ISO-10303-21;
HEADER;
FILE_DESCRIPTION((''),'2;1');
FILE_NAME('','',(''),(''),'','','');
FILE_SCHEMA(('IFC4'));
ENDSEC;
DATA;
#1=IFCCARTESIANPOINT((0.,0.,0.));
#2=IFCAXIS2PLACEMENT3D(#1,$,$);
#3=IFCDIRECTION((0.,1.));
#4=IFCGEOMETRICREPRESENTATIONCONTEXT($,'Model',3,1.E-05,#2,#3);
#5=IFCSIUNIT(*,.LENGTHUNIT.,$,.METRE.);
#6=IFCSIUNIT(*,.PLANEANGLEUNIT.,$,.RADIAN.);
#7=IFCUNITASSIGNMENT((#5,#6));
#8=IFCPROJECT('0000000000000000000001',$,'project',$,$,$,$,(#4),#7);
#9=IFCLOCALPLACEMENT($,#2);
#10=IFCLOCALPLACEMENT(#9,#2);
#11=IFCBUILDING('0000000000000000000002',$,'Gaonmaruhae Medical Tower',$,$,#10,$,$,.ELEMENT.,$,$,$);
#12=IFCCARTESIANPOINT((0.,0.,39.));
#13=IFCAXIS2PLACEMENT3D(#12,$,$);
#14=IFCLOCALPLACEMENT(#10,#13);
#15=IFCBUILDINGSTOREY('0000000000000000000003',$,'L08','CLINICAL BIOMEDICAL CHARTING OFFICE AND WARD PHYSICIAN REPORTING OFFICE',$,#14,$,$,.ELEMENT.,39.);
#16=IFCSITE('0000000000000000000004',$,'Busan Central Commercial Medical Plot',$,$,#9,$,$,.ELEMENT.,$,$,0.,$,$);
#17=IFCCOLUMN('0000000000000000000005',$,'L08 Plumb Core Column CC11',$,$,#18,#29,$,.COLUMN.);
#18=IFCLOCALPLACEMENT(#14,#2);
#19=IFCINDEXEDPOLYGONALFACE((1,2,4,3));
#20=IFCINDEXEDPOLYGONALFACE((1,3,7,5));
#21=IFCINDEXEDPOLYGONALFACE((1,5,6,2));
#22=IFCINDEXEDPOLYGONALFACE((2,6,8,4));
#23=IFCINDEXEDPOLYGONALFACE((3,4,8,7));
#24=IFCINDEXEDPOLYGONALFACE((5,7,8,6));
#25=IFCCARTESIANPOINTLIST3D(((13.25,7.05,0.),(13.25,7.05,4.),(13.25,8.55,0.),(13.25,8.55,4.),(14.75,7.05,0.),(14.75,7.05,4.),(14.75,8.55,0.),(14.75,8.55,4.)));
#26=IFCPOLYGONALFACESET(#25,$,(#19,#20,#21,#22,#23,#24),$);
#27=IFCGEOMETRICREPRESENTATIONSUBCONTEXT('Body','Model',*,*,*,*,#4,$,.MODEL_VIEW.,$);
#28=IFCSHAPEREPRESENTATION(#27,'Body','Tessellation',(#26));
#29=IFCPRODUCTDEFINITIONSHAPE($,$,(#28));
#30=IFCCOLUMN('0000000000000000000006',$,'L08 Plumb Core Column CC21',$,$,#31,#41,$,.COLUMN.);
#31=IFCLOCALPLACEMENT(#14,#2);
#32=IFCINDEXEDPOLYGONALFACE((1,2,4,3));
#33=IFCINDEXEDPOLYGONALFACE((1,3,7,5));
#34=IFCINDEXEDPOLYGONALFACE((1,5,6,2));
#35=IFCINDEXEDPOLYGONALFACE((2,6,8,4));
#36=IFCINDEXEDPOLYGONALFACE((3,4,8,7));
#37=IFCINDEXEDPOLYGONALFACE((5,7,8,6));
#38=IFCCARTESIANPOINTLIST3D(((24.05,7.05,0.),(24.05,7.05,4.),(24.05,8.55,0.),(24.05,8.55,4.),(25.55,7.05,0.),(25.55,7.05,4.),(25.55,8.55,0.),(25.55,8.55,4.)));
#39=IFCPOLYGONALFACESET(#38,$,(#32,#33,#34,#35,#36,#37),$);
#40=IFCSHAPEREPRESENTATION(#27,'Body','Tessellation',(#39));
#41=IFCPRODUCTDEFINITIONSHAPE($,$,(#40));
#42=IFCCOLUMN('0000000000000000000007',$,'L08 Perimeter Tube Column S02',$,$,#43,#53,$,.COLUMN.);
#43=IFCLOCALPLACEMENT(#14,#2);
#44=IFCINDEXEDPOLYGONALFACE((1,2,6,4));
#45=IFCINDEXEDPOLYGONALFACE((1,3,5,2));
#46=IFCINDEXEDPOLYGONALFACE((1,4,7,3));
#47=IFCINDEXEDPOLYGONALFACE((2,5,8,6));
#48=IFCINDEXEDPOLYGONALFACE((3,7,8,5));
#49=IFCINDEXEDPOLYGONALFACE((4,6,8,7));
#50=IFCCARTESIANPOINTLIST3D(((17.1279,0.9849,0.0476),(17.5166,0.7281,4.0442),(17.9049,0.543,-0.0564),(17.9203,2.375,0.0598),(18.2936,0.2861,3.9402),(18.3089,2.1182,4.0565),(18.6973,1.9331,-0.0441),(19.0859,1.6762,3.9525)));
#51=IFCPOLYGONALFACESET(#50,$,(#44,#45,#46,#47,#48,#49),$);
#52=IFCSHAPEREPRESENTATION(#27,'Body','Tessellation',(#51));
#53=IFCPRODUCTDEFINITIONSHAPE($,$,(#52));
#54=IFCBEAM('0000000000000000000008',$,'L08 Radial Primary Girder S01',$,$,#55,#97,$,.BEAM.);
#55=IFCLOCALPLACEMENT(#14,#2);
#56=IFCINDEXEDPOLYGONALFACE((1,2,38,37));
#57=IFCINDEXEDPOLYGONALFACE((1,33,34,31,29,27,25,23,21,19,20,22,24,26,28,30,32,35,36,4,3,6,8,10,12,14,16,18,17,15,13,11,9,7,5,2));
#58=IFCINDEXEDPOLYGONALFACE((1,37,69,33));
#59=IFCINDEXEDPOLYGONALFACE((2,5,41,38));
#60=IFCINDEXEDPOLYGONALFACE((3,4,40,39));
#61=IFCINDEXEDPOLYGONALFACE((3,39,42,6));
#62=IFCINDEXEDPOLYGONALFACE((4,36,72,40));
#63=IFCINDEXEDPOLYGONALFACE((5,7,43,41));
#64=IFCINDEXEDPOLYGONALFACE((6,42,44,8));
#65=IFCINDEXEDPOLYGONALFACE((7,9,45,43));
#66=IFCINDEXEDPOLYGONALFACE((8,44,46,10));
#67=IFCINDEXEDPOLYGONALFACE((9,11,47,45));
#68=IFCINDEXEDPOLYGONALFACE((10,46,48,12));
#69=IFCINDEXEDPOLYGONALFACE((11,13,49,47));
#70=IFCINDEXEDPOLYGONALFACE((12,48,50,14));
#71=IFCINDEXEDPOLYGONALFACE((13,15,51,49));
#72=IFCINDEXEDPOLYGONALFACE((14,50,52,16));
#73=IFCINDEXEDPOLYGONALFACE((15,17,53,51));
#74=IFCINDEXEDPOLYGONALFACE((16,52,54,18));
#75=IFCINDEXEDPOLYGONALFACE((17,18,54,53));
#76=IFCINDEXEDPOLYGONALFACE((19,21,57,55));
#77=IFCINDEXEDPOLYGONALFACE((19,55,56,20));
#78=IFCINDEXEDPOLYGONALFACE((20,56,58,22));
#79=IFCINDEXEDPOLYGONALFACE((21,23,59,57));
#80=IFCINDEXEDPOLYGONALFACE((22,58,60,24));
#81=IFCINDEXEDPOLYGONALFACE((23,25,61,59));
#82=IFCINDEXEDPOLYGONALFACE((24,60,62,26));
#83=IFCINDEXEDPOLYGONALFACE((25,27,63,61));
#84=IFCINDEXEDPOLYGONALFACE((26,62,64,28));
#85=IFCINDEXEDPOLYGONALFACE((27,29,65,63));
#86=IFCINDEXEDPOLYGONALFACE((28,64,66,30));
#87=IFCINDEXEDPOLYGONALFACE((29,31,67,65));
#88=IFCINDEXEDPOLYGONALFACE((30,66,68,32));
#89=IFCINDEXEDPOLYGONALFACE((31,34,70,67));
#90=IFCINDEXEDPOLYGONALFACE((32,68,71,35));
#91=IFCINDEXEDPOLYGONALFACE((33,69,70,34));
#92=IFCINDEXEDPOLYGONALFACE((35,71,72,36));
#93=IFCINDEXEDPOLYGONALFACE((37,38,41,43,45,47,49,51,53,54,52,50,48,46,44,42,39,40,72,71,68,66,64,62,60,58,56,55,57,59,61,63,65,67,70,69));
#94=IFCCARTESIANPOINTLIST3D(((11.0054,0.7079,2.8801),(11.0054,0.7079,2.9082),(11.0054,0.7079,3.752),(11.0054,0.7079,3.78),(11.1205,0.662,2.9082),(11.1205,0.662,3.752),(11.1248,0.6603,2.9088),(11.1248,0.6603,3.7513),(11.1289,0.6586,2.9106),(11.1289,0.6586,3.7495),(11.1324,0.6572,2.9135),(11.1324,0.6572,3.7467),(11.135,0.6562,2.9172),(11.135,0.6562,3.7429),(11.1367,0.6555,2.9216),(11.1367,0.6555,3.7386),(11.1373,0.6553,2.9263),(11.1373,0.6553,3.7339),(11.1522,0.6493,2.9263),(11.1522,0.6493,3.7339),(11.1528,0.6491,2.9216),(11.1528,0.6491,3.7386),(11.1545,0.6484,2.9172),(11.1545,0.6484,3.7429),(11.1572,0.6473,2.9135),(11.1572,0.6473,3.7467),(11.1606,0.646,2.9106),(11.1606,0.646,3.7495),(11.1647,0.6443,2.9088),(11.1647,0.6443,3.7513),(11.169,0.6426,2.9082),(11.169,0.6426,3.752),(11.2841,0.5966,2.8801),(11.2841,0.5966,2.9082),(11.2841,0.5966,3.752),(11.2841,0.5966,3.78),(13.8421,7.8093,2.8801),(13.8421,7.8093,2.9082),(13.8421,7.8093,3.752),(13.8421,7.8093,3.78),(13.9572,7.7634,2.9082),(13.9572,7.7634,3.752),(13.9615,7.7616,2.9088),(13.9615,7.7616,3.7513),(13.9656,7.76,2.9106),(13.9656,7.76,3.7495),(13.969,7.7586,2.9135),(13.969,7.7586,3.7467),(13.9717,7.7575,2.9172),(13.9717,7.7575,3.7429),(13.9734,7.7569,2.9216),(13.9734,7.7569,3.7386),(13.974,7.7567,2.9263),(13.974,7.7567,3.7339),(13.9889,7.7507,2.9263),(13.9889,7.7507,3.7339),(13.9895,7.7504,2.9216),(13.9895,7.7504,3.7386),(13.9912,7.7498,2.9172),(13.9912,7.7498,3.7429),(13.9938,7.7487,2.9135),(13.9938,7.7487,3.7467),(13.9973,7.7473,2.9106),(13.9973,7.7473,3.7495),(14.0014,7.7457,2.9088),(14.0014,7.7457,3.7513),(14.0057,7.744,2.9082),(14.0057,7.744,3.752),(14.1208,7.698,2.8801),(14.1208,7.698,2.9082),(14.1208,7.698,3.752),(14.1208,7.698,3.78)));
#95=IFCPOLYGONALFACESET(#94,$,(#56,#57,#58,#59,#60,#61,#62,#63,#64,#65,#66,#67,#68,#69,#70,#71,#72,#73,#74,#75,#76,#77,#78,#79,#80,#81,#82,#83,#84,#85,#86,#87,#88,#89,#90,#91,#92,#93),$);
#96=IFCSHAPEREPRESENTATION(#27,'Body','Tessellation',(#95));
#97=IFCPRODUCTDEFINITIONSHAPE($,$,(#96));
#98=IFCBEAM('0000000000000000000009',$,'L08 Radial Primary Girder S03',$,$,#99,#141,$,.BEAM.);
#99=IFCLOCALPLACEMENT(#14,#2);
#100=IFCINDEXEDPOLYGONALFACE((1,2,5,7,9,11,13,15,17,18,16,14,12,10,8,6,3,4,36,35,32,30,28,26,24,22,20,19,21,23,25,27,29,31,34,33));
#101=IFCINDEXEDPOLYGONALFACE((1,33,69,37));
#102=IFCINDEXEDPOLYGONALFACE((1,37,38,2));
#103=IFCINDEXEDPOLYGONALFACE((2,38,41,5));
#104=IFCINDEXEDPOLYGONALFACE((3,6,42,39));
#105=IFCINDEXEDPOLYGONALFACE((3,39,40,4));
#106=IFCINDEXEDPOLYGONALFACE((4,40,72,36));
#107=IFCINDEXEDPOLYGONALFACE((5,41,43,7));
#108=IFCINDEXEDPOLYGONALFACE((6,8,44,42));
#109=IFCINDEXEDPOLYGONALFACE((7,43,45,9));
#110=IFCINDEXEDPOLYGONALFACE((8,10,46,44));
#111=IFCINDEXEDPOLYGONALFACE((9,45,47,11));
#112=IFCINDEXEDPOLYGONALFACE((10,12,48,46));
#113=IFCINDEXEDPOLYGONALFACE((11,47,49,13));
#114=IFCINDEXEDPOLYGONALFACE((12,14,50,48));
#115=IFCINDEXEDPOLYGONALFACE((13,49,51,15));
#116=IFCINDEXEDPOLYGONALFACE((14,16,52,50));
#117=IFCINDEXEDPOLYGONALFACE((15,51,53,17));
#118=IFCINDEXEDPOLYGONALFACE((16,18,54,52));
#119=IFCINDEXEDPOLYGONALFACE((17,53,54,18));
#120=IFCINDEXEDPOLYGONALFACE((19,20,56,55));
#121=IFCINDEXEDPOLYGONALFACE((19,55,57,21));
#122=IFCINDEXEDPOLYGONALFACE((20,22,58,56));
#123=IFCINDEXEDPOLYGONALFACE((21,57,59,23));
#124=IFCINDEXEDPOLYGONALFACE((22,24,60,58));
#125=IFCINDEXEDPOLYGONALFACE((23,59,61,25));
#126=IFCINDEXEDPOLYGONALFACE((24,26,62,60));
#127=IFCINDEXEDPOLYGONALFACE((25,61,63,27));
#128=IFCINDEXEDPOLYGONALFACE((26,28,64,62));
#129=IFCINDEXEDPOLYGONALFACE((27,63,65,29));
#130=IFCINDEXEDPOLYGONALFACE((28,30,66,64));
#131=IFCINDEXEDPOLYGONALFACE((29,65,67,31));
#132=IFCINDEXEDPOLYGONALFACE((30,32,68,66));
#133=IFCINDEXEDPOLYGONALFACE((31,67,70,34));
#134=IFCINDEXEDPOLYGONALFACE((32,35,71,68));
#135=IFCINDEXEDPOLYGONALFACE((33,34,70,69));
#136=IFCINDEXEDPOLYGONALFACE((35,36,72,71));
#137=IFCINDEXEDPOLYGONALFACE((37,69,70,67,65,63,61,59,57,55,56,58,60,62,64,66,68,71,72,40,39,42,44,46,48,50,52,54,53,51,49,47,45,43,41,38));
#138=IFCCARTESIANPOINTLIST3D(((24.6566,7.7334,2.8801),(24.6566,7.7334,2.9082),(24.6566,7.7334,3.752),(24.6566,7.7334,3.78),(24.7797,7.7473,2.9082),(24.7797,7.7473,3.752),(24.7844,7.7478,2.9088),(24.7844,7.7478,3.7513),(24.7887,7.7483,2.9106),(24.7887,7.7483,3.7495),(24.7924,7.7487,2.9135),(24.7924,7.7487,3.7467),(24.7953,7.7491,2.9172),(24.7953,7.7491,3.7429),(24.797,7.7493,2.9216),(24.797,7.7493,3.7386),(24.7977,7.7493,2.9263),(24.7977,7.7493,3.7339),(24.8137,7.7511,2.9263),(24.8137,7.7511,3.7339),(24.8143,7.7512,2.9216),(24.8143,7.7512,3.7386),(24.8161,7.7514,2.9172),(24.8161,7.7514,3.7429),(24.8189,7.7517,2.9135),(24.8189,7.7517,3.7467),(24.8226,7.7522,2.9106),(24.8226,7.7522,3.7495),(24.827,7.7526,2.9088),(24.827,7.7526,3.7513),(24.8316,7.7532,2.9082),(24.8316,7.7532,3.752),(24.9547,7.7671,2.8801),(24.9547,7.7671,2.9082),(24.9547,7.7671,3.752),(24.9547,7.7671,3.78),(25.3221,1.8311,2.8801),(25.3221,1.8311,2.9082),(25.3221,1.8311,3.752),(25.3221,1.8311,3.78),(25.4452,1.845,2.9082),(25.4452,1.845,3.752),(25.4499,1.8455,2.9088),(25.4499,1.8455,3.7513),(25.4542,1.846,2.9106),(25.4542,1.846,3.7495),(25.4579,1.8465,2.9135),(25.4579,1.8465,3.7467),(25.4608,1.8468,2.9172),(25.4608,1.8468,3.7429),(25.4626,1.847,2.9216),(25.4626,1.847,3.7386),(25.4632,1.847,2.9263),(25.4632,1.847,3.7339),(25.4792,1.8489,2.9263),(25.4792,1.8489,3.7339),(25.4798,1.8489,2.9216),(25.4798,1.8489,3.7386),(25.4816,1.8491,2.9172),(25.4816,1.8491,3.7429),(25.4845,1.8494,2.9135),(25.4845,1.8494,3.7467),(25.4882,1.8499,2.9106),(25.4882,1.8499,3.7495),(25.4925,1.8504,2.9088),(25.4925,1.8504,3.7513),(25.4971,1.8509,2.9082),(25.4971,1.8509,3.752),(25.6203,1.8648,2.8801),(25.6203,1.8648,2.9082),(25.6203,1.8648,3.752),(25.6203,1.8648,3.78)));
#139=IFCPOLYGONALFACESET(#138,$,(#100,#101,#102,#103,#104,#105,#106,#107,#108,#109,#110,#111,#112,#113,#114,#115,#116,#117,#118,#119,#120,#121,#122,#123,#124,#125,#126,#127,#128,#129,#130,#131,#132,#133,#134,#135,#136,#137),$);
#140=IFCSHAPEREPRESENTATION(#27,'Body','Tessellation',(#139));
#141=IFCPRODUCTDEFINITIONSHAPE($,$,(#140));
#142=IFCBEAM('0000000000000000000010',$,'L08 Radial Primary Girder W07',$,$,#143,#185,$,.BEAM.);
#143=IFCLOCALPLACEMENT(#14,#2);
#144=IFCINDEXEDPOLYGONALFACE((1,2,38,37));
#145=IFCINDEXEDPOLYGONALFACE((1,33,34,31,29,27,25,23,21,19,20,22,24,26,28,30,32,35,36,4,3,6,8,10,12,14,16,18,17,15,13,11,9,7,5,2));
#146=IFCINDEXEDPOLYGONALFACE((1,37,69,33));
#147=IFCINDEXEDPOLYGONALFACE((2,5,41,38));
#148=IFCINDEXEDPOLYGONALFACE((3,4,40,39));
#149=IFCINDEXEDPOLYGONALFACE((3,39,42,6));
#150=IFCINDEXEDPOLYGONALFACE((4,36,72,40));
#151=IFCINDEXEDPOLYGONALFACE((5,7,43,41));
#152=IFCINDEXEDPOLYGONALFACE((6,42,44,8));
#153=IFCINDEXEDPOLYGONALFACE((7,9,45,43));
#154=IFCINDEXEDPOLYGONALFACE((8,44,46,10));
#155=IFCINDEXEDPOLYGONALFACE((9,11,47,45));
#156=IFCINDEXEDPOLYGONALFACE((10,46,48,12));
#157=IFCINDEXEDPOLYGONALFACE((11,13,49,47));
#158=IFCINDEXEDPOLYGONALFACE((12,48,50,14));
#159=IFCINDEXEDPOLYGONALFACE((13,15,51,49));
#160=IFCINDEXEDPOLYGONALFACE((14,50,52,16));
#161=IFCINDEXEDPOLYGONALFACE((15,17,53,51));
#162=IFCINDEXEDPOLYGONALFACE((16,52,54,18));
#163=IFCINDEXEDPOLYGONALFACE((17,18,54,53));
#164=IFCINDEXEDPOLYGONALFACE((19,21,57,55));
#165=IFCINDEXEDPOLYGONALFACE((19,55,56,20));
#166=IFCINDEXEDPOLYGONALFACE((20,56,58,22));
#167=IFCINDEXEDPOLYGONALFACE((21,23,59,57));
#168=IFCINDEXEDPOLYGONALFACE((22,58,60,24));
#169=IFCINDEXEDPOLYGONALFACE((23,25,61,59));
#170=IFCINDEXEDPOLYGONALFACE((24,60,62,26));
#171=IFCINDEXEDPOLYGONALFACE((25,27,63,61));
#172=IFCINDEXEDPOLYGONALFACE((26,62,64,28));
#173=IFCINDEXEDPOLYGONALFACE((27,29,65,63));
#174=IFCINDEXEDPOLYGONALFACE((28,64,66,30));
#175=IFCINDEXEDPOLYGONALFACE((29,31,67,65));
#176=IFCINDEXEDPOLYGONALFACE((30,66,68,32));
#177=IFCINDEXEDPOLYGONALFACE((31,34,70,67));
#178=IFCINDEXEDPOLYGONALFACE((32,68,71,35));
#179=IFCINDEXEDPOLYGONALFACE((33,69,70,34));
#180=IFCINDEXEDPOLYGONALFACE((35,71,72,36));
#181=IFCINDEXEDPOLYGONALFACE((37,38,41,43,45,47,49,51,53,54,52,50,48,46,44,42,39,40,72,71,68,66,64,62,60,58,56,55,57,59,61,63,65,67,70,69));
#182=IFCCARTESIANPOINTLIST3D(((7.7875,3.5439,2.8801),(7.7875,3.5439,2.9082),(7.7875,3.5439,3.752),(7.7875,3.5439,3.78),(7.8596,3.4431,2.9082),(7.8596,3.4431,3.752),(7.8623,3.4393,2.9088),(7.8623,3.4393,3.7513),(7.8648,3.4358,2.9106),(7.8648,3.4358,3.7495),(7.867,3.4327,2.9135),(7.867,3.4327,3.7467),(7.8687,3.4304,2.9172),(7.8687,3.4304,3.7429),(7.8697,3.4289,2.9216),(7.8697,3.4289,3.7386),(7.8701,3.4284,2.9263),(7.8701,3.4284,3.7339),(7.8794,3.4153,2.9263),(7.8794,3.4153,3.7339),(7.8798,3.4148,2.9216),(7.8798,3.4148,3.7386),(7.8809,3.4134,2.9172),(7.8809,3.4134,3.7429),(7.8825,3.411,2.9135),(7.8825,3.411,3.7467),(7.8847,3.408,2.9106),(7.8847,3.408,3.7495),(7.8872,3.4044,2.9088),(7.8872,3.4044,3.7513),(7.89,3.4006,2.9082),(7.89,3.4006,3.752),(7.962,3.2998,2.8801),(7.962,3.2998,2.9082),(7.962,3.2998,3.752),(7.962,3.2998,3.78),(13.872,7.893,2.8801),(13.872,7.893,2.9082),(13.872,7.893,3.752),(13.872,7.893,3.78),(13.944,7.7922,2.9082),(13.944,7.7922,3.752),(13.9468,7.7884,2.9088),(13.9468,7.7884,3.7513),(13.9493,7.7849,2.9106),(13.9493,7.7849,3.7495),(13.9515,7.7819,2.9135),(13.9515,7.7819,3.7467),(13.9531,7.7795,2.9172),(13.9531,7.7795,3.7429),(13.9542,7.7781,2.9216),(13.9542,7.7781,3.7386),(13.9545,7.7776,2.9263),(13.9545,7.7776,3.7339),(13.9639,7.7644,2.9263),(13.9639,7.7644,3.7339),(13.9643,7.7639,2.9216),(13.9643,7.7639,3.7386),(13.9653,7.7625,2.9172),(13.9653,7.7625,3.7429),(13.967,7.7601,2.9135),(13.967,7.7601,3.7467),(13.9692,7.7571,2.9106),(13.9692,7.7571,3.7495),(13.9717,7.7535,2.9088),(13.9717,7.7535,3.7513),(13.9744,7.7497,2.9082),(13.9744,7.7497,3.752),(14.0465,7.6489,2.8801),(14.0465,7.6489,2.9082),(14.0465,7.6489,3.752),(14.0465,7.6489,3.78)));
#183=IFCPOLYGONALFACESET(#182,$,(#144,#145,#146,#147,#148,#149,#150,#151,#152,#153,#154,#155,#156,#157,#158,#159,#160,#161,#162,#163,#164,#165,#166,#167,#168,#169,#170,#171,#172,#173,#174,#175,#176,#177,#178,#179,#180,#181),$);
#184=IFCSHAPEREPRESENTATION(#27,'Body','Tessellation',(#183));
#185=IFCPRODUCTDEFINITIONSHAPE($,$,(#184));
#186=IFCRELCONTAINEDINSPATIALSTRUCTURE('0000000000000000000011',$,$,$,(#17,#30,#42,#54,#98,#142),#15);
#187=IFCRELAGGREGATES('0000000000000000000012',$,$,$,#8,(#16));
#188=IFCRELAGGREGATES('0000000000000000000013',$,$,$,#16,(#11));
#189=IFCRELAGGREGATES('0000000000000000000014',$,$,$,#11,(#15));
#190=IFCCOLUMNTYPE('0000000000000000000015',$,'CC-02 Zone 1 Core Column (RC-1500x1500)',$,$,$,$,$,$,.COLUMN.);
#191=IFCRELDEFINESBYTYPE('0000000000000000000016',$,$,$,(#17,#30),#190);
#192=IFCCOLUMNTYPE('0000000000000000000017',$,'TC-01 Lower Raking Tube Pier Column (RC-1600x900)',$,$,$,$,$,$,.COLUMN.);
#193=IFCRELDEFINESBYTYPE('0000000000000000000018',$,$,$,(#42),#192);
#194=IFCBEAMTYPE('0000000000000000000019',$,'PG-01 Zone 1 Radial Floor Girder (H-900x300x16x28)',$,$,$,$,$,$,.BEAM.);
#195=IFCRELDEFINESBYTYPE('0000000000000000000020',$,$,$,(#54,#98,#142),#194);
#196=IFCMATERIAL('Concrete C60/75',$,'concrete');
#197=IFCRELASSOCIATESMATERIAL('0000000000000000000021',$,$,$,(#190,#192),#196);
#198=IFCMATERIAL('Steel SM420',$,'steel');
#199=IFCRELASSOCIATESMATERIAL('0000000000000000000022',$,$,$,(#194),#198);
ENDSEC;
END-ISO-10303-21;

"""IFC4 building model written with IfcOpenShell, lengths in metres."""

from ifc_helpers import new_model, si_unit, direction, frame, origin, origin_2d, place, context, subcontext, project, spatial, rectangle, i_section, extrude, material, material_profile, profile_set, type_object, element, save


model = new_model("IFC4")

# Units and contexts
model_context = context("Model", 3, precision=1e-05, world=origin(), true_north=direction((0.0, 1.0)))
body_context = subcontext(model_context, "Body", "Model", "MODEL_VIEW")
ifc_project = project(units=[si_unit("LENGTHUNIT", "METRE"), si_unit("PLANEANGLEUNIT", "RADIAN")], contexts=[model_context])

# Site, building, storey
site_placement = place(None, origin())
site = spatial("IfcSite", under=ifc_project, at=site_placement, Name="Busan Central Commercial Medical Plot", CompositionType="ELEMENT", RefElevation=0.0)
building_placement = place(site_placement, origin())
building = spatial("IfcBuilding", under=site, at=building_placement, Name="Gaonmaruhae Medical Tower", CompositionType="ELEMENT")
storey_placement = place(building_placement, frame((0.0, 0.0, 39.0)))
storey = spatial("IfcBuildingStorey", under=building, at=storey_placement, Name="L08", Description="CLINICAL BIOMEDICAL CHARTING OFFICE AND WARD PHYSICIAN REPORTING OFFICE", CompositionType="ELEMENT", Elevation=39.0)

# Columns
ifc_material_1 = material(Name="Concrete C60/75", Category="concrete")
ifc_material_profile_1 = material_profile(ifc_material_1, rectangle(XDim=1.5, YDim=1.5, at=origin_2d()), Name="RC-1500x1500")
ifc_profile_set_1 = profile_set([ifc_material_profile_1], Name="Concrete C60/75")
column_type_1 = type_object("IfcColumnType", Name="CC-02 Zone 1 Core Column (RC-1500x1500)", PredefinedType="COLUMN", material=ifc_profile_set_1)
for number, where, z_axis, x_axis, name in (
    (1, (14.0, 7.8, 0.0), (0.0, 0.0, 1.0), (1.0, 0.0, 0.0), "L08 Plumb Core Column CC11"),
    (2, (24.8, 7.8, 0.0), (0.0, 0.0, 1.0), (1.0, 0.0, 0.0), "L08 Plumb Core Column CC21"),
):
    element("IfcColumn", number, at=place(storey_placement, frame(where, z_axis=z_axis, x_axis=x_axis)), inside=storey, type_object=column_type_1, Name=name, PredefinedType="COLUMN", context=body_context, shape_type="SweptSolid", body=[
        extrude(rectangle(XDim=1.5, YDim=1.5, at=origin_2d()), origin(), (0.0, 0.0, 1.0), 4.0),
    ])
ifc_material_profile_2 = material_profile(ifc_material_1, rectangle(XDim=1.6001, YDim=0.8999, at=origin_2d()), Name="RC-1600x900")
ifc_profile_set_2 = profile_set([ifc_material_profile_2], Name="Concrete C60/75")
column_type_2 = type_object("IfcColumnType", Name="TC-01 Lower Raking Tube Pier Column (RC-1600x900)", PredefinedType="COLUMN", material=ifc_profile_set_2)
column_placement = place(storey_placement, frame((17.9126, 1.459, 0.0017), z_axis=(0.096597, -0.063832, 0.993275), x_axis=(0.495177, 0.868758, 0.007673)))
element("IfcColumn", 3, at=column_placement, inside=storey, type_object=column_type_2, Name="L08 Perimeter Tube Column S02", PredefinedType="COLUMN", context=body_context, shape_type="SweptSolid", body=[
    extrude(rectangle(XDim=1.6001, YDim=0.8999, at=origin_2d()), origin(), (0.0, 0.0, 1.0), 4.0237),
])

# Beams
ifc_material_2 = material(Name="Steel SM420", Category="steel")
ifc_material_profile_3 = material_profile(ifc_material_2, i_section(OverallWidth=0.3, OverallDepth=0.8999, WebThickness=0.0161, FlangeThickness=0.0281, FilletRadius=0.0181, at=origin_2d()), Name="H-900x300x16x28")
ifc_profile_set_3 = profile_set([ifc_material_profile_3], Name="Steel SM420")
beam_type_1 = type_object("IfcBeamType", Name="PG-01 Zone 1 Radial Floor Girder (H-900x300x16x28)", PredefinedType="BEAM", material=ifc_profile_set_3)
beam_1_placement = place(storey_placement, frame((13.9814, 7.7537, 3.3301), z_axis=(-0.370956, -0.928651, 0.0), x_axis=(0.928651, -0.370956, 0.0)))
element("IfcBeam", 4, at=beam_1_placement, inside=storey, type_object=beam_type_1, Name="L08 Radial Primary Girder S01", PredefinedType="BEAM", context=body_context, shape_type="SweptSolid", body=[
    extrude(i_section(OverallWidth=0.3, OverallDepth=0.8999, WebThickness=0.0161, FlangeThickness=0.0281, FilletRadius=0.0181, at=origin_2d()), origin(), (0.0, 0.0, 1.0), 7.647),
])
beam_2_placement = place(storey_placement, frame((24.8057, 7.7502, 3.3301), z_axis=(0.112046, -0.993703, 0.0), x_axis=(0.993703, 0.112046, 0.0)))
element("IfcBeam", 5, at=beam_2_placement, inside=storey, type_object=beam_type_1, Name="L08 Radial Primary Girder S03", PredefinedType="BEAM", context=body_context, shape_type="SweptSolid", body=[
    extrude(i_section(OverallWidth=0.3, OverallDepth=0.8999, WebThickness=0.0161, FlangeThickness=0.0281, FilletRadius=0.0181, at=origin_2d()), origin(), (0.0, 0.0, 1.0), 5.9397),
])
beam_3_placement = place(storey_placement, frame((13.9592, 7.771, 3.3301), z_axis=(-0.813539, -0.58151, 0.0), x_axis=(0.58151, -0.813539, 0.0)))
element("IfcBeam", 6, at=beam_3_placement, inside=storey, type_object=beam_type_1, Name="L08 Radial Primary Girder W07", PredefinedType="BEAM", context=body_context, shape_type="SweptSolid", body=[
    extrude(i_section(OverallWidth=0.3, OverallDepth=0.8999, WebThickness=0.0161, FlangeThickness=0.0281, FilletRadius=0.0181, at=origin_2d()), origin(), (0.0, 0.0, 1.0), 7.479),
])

save(model, "model.ifc")
